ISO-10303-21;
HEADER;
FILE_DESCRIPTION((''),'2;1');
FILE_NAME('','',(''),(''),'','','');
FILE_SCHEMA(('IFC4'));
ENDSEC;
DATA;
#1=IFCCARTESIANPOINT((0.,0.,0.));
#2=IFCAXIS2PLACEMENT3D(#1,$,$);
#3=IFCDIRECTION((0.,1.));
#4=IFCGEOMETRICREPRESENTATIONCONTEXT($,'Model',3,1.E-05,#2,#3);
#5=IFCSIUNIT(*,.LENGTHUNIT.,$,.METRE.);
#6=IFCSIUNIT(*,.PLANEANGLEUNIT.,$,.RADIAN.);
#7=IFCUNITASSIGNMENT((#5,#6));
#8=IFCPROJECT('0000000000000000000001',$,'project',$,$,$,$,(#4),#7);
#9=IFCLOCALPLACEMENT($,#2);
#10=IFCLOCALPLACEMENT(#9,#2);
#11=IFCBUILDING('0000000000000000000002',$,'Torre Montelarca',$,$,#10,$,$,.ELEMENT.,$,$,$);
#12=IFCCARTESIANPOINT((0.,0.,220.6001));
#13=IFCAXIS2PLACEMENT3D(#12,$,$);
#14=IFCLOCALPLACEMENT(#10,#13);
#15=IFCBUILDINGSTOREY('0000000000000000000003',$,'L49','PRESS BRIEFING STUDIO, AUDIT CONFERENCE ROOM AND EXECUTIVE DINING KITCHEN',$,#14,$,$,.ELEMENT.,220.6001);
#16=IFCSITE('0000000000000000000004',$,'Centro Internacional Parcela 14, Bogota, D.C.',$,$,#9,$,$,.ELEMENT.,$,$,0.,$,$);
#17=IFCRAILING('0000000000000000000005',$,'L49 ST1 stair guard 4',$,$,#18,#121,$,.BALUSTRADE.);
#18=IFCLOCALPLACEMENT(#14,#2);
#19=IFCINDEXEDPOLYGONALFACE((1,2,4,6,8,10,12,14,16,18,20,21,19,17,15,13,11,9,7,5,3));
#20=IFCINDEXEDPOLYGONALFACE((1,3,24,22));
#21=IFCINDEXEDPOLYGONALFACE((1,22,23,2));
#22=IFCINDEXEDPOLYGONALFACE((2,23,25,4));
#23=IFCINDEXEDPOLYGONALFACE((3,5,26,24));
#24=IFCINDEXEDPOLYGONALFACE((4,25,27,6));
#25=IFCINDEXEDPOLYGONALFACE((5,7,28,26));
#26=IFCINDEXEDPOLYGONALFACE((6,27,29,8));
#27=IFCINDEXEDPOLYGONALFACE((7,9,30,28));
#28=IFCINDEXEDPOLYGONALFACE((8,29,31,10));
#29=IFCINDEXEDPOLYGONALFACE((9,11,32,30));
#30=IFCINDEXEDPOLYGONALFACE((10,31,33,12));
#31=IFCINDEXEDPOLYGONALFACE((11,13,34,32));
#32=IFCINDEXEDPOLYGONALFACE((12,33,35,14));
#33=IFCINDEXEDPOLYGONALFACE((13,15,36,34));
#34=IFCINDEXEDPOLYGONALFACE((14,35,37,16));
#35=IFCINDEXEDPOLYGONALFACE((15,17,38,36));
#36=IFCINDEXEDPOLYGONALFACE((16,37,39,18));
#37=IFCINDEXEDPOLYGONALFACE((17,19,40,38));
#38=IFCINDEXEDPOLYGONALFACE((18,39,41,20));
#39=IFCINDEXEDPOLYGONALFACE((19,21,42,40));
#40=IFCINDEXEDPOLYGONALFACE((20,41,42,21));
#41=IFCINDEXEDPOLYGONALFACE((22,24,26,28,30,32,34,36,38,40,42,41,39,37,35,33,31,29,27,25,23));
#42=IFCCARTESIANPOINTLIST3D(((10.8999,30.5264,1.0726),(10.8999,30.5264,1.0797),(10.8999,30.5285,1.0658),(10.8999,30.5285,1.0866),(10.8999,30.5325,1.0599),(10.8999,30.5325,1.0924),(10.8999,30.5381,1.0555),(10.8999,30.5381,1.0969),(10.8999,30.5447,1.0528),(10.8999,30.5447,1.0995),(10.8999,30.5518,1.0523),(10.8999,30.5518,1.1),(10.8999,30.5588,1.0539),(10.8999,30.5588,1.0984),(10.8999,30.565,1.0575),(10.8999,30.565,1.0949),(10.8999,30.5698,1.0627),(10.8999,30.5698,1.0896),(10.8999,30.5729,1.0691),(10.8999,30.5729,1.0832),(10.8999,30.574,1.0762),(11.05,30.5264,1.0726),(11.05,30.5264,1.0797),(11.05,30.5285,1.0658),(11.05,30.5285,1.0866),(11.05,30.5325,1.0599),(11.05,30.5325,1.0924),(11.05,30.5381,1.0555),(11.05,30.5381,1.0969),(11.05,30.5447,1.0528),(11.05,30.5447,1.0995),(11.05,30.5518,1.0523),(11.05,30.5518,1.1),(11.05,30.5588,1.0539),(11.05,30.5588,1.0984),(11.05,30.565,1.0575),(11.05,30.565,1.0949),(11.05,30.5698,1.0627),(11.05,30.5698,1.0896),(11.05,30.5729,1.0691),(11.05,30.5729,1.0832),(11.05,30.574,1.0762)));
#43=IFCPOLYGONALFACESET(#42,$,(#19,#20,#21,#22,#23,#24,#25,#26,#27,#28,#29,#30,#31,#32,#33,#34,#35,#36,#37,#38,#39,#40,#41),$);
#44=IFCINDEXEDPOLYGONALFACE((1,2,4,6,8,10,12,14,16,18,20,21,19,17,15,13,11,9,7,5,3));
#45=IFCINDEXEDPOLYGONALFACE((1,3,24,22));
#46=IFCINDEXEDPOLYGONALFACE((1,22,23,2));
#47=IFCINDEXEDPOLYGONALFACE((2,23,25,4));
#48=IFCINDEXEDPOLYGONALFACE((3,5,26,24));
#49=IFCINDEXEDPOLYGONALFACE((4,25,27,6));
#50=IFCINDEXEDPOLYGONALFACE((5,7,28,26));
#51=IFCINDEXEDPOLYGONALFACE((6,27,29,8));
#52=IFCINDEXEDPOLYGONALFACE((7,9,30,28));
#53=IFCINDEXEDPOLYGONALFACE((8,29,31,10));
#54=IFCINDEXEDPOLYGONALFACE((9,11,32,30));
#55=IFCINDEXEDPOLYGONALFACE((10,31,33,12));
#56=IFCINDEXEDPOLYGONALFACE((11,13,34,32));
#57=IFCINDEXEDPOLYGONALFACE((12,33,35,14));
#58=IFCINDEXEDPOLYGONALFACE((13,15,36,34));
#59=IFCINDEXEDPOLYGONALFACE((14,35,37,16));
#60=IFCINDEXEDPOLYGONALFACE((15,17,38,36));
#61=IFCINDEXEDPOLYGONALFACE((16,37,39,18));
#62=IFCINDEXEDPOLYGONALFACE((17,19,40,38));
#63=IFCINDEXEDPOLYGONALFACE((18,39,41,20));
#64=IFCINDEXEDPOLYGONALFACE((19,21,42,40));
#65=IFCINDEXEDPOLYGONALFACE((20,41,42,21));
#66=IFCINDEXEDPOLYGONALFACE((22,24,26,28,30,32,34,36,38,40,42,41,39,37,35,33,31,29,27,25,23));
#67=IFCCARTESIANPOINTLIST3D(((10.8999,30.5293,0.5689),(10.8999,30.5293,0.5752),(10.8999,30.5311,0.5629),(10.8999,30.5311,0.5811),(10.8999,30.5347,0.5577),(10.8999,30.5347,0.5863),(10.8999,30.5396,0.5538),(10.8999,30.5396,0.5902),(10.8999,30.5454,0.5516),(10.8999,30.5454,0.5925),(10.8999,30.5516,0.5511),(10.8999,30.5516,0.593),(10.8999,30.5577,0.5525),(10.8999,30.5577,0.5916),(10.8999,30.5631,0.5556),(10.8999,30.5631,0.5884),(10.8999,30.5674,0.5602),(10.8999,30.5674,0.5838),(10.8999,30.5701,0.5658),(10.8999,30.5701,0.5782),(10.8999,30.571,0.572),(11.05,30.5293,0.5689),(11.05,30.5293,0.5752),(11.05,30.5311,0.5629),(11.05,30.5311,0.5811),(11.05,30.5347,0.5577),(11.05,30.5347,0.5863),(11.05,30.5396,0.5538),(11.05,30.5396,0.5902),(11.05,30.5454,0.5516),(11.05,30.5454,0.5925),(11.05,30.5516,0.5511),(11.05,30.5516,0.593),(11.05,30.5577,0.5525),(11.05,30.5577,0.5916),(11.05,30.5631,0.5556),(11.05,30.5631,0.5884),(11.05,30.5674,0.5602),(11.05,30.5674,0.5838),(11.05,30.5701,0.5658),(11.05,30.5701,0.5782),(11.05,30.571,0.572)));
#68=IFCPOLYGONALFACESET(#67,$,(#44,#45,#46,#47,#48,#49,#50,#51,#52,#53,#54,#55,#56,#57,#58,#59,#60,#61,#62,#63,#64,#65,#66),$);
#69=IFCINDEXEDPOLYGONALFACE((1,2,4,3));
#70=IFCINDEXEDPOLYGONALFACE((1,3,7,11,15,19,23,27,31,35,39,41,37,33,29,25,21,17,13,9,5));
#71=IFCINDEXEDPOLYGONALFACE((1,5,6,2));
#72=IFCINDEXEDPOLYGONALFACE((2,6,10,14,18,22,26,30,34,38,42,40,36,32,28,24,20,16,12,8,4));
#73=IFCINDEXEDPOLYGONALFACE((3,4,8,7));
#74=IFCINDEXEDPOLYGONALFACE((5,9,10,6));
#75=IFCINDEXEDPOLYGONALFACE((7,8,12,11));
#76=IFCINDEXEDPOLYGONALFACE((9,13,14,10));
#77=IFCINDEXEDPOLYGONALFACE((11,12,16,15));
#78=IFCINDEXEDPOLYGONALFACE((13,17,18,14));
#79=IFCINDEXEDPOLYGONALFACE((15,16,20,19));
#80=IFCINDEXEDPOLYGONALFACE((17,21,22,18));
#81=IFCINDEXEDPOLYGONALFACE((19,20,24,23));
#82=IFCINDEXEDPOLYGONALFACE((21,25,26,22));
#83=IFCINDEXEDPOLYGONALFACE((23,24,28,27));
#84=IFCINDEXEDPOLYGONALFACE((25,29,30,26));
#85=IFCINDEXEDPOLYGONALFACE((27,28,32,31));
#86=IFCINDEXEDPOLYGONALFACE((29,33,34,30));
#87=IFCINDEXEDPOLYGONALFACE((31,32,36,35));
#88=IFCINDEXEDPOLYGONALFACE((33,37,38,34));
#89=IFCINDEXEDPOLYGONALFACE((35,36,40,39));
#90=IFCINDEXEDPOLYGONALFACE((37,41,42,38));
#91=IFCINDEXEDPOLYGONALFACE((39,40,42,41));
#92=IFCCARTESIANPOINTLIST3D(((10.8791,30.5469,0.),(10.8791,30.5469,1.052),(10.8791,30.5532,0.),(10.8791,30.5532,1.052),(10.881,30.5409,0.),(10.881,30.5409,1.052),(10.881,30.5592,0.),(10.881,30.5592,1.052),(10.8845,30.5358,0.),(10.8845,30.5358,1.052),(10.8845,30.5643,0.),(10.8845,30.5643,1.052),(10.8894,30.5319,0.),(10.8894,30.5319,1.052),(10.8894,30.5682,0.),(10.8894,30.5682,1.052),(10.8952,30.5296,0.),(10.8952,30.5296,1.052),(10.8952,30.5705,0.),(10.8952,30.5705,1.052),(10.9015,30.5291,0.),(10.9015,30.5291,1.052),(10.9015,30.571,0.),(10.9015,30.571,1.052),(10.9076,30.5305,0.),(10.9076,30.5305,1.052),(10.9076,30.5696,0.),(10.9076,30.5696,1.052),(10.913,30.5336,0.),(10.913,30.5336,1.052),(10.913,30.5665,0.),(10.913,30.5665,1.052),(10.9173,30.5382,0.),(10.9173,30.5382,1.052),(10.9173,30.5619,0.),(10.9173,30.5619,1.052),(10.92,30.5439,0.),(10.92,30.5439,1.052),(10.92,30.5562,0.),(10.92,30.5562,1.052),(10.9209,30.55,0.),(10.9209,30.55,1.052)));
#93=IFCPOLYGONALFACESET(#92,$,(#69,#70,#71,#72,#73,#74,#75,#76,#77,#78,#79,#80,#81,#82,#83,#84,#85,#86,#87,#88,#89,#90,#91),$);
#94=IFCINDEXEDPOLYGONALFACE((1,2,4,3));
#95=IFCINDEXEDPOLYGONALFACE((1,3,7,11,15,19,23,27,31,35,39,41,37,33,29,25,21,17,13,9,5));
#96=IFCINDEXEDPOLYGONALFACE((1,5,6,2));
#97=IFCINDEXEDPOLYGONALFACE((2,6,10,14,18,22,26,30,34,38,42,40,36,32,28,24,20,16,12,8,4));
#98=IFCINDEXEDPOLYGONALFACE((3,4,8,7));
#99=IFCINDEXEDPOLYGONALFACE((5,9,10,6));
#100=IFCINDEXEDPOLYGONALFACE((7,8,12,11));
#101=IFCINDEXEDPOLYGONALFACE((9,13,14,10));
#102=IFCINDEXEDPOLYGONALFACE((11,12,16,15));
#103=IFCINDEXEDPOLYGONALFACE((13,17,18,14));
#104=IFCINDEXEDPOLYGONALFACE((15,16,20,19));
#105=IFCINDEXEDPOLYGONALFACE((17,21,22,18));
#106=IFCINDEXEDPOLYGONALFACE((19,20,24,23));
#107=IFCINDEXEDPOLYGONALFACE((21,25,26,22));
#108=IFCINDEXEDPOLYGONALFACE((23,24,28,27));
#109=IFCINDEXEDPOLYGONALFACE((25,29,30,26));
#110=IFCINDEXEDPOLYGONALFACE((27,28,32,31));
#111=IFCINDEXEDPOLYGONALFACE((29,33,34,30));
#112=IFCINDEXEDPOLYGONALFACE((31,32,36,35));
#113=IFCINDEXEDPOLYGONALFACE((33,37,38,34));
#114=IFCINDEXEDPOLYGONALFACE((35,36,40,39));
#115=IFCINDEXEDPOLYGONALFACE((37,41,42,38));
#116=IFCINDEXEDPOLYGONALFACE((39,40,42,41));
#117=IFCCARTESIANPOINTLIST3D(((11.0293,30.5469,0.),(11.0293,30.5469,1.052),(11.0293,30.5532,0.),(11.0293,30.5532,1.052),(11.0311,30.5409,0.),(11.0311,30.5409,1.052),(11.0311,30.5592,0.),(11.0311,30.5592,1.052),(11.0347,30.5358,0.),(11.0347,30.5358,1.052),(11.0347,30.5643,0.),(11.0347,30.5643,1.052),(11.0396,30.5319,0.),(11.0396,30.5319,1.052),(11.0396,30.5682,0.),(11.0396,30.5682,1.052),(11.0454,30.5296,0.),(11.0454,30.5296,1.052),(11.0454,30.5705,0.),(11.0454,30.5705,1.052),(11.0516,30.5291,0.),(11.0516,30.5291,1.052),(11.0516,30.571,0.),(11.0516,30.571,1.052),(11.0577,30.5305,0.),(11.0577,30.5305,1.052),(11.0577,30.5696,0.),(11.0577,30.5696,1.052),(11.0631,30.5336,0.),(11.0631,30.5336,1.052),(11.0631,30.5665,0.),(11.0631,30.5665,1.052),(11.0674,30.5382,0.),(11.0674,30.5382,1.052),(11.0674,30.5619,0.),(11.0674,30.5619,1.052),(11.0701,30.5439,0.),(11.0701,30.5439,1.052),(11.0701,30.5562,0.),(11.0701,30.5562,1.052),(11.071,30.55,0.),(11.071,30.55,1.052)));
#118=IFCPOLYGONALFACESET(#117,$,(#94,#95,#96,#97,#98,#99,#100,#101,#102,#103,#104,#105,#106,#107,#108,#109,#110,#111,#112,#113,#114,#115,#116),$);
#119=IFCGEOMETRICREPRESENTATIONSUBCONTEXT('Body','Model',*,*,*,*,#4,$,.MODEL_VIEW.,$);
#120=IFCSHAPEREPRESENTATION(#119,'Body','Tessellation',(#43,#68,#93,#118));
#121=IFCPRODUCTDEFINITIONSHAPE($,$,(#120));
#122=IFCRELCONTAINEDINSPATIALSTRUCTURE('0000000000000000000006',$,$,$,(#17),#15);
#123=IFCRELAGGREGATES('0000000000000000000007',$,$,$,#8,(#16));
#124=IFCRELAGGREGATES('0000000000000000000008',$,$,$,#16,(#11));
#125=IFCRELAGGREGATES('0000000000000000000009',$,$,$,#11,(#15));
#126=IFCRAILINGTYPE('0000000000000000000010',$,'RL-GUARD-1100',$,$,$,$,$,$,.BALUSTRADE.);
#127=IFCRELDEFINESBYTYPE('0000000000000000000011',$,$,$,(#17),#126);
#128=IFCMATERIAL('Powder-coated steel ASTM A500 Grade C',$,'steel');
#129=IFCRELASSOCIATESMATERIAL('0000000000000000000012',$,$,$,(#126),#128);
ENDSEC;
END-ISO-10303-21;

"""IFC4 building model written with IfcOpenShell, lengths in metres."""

from ifc_helpers import new_model, si_unit, direction, frame, origin, origin_2d, place, context, subcontext, project, spatial, circle, extrude, material, type_object, element, save


model = new_model("IFC4")

# Units and contexts
model_context = context("Model", 3, precision=1e-05, world=origin(), true_north=direction((0.0, 1.0)))
body_context = subcontext(model_context, "Body", "Model", "MODEL_VIEW")
ifc_project = project(units=[si_unit("LENGTHUNIT", "METRE"), si_unit("PLANEANGLEUNIT", "RADIAN")], contexts=[model_context])

# Site, building, storey
site_placement = place(None, origin())
site = spatial("IfcSite", under=ifc_project, at=site_placement, Name="Centro Internacional Parcela 14, Bogota, D.C.", CompositionType="ELEMENT", RefElevation=0.0)
building_placement = place(site_placement, origin())
building = spatial("IfcBuilding", under=site, at=building_placement, Name="Torre Montelarca", CompositionType="ELEMENT")
storey_placement = place(building_placement, frame((0.0, 0.0, 220.6001)))
storey = spatial("IfcBuildingStorey", under=building, at=storey_placement, Name="L49", Description="PRESS BRIEFING STUDIO, AUDIT CONFERENCE ROOM AND EXECUTIVE DINING KITCHEN", CompositionType="ELEMENT", Elevation=220.6001)

# Railing
ifc_material_1 = material(Name="Powder-coated steel ASTM A500 Grade C", Category="steel")
railing_type_1 = type_object("IfcRailingType", Name="RL-GUARD-1100", PredefinedType="BALUSTRADE", material=ifc_material_1)
railing_1_placement = place(storey_placement, frame((10.8999, 30.55, 0.0)))
element("IfcRailing", 1, at=railing_1_placement, inside=storey, type_object=railing_type_1, Name="L49 ST1 stair guard 4", PredefinedType="BALUSTRADE", context=body_context, shape_type="SweptSolid", body=[
    extrude(circle(Radius=0.0239, at=origin_2d()), frame((0.0, 0.0, 1.0762), z_axis=(1.0, 0.0, 0.0), x_axis=(0.0, 1.0, 0.0)), (0.0, 0.0, 1.0), 0.1501),
    extrude(circle(Radius=0.021, at=origin_2d()), frame((0.0, 0.0, 0.572), z_axis=(1.0, 0.0, 0.0), x_axis=(0.0, 1.0, 0.0)), (0.0, 0.0, 1.0), 0.1501),
    extrude(circle(Radius=0.021, at=origin_2d()), origin(), (0.0, 0.0, 1.0), 1.052),
    extrude(circle(Radius=0.021, at=origin_2d()), frame((0.1501, 0.0, 0.0)), (0.0, 0.0, 1.0), 1.052),
])

save(model, "model.ifc")
